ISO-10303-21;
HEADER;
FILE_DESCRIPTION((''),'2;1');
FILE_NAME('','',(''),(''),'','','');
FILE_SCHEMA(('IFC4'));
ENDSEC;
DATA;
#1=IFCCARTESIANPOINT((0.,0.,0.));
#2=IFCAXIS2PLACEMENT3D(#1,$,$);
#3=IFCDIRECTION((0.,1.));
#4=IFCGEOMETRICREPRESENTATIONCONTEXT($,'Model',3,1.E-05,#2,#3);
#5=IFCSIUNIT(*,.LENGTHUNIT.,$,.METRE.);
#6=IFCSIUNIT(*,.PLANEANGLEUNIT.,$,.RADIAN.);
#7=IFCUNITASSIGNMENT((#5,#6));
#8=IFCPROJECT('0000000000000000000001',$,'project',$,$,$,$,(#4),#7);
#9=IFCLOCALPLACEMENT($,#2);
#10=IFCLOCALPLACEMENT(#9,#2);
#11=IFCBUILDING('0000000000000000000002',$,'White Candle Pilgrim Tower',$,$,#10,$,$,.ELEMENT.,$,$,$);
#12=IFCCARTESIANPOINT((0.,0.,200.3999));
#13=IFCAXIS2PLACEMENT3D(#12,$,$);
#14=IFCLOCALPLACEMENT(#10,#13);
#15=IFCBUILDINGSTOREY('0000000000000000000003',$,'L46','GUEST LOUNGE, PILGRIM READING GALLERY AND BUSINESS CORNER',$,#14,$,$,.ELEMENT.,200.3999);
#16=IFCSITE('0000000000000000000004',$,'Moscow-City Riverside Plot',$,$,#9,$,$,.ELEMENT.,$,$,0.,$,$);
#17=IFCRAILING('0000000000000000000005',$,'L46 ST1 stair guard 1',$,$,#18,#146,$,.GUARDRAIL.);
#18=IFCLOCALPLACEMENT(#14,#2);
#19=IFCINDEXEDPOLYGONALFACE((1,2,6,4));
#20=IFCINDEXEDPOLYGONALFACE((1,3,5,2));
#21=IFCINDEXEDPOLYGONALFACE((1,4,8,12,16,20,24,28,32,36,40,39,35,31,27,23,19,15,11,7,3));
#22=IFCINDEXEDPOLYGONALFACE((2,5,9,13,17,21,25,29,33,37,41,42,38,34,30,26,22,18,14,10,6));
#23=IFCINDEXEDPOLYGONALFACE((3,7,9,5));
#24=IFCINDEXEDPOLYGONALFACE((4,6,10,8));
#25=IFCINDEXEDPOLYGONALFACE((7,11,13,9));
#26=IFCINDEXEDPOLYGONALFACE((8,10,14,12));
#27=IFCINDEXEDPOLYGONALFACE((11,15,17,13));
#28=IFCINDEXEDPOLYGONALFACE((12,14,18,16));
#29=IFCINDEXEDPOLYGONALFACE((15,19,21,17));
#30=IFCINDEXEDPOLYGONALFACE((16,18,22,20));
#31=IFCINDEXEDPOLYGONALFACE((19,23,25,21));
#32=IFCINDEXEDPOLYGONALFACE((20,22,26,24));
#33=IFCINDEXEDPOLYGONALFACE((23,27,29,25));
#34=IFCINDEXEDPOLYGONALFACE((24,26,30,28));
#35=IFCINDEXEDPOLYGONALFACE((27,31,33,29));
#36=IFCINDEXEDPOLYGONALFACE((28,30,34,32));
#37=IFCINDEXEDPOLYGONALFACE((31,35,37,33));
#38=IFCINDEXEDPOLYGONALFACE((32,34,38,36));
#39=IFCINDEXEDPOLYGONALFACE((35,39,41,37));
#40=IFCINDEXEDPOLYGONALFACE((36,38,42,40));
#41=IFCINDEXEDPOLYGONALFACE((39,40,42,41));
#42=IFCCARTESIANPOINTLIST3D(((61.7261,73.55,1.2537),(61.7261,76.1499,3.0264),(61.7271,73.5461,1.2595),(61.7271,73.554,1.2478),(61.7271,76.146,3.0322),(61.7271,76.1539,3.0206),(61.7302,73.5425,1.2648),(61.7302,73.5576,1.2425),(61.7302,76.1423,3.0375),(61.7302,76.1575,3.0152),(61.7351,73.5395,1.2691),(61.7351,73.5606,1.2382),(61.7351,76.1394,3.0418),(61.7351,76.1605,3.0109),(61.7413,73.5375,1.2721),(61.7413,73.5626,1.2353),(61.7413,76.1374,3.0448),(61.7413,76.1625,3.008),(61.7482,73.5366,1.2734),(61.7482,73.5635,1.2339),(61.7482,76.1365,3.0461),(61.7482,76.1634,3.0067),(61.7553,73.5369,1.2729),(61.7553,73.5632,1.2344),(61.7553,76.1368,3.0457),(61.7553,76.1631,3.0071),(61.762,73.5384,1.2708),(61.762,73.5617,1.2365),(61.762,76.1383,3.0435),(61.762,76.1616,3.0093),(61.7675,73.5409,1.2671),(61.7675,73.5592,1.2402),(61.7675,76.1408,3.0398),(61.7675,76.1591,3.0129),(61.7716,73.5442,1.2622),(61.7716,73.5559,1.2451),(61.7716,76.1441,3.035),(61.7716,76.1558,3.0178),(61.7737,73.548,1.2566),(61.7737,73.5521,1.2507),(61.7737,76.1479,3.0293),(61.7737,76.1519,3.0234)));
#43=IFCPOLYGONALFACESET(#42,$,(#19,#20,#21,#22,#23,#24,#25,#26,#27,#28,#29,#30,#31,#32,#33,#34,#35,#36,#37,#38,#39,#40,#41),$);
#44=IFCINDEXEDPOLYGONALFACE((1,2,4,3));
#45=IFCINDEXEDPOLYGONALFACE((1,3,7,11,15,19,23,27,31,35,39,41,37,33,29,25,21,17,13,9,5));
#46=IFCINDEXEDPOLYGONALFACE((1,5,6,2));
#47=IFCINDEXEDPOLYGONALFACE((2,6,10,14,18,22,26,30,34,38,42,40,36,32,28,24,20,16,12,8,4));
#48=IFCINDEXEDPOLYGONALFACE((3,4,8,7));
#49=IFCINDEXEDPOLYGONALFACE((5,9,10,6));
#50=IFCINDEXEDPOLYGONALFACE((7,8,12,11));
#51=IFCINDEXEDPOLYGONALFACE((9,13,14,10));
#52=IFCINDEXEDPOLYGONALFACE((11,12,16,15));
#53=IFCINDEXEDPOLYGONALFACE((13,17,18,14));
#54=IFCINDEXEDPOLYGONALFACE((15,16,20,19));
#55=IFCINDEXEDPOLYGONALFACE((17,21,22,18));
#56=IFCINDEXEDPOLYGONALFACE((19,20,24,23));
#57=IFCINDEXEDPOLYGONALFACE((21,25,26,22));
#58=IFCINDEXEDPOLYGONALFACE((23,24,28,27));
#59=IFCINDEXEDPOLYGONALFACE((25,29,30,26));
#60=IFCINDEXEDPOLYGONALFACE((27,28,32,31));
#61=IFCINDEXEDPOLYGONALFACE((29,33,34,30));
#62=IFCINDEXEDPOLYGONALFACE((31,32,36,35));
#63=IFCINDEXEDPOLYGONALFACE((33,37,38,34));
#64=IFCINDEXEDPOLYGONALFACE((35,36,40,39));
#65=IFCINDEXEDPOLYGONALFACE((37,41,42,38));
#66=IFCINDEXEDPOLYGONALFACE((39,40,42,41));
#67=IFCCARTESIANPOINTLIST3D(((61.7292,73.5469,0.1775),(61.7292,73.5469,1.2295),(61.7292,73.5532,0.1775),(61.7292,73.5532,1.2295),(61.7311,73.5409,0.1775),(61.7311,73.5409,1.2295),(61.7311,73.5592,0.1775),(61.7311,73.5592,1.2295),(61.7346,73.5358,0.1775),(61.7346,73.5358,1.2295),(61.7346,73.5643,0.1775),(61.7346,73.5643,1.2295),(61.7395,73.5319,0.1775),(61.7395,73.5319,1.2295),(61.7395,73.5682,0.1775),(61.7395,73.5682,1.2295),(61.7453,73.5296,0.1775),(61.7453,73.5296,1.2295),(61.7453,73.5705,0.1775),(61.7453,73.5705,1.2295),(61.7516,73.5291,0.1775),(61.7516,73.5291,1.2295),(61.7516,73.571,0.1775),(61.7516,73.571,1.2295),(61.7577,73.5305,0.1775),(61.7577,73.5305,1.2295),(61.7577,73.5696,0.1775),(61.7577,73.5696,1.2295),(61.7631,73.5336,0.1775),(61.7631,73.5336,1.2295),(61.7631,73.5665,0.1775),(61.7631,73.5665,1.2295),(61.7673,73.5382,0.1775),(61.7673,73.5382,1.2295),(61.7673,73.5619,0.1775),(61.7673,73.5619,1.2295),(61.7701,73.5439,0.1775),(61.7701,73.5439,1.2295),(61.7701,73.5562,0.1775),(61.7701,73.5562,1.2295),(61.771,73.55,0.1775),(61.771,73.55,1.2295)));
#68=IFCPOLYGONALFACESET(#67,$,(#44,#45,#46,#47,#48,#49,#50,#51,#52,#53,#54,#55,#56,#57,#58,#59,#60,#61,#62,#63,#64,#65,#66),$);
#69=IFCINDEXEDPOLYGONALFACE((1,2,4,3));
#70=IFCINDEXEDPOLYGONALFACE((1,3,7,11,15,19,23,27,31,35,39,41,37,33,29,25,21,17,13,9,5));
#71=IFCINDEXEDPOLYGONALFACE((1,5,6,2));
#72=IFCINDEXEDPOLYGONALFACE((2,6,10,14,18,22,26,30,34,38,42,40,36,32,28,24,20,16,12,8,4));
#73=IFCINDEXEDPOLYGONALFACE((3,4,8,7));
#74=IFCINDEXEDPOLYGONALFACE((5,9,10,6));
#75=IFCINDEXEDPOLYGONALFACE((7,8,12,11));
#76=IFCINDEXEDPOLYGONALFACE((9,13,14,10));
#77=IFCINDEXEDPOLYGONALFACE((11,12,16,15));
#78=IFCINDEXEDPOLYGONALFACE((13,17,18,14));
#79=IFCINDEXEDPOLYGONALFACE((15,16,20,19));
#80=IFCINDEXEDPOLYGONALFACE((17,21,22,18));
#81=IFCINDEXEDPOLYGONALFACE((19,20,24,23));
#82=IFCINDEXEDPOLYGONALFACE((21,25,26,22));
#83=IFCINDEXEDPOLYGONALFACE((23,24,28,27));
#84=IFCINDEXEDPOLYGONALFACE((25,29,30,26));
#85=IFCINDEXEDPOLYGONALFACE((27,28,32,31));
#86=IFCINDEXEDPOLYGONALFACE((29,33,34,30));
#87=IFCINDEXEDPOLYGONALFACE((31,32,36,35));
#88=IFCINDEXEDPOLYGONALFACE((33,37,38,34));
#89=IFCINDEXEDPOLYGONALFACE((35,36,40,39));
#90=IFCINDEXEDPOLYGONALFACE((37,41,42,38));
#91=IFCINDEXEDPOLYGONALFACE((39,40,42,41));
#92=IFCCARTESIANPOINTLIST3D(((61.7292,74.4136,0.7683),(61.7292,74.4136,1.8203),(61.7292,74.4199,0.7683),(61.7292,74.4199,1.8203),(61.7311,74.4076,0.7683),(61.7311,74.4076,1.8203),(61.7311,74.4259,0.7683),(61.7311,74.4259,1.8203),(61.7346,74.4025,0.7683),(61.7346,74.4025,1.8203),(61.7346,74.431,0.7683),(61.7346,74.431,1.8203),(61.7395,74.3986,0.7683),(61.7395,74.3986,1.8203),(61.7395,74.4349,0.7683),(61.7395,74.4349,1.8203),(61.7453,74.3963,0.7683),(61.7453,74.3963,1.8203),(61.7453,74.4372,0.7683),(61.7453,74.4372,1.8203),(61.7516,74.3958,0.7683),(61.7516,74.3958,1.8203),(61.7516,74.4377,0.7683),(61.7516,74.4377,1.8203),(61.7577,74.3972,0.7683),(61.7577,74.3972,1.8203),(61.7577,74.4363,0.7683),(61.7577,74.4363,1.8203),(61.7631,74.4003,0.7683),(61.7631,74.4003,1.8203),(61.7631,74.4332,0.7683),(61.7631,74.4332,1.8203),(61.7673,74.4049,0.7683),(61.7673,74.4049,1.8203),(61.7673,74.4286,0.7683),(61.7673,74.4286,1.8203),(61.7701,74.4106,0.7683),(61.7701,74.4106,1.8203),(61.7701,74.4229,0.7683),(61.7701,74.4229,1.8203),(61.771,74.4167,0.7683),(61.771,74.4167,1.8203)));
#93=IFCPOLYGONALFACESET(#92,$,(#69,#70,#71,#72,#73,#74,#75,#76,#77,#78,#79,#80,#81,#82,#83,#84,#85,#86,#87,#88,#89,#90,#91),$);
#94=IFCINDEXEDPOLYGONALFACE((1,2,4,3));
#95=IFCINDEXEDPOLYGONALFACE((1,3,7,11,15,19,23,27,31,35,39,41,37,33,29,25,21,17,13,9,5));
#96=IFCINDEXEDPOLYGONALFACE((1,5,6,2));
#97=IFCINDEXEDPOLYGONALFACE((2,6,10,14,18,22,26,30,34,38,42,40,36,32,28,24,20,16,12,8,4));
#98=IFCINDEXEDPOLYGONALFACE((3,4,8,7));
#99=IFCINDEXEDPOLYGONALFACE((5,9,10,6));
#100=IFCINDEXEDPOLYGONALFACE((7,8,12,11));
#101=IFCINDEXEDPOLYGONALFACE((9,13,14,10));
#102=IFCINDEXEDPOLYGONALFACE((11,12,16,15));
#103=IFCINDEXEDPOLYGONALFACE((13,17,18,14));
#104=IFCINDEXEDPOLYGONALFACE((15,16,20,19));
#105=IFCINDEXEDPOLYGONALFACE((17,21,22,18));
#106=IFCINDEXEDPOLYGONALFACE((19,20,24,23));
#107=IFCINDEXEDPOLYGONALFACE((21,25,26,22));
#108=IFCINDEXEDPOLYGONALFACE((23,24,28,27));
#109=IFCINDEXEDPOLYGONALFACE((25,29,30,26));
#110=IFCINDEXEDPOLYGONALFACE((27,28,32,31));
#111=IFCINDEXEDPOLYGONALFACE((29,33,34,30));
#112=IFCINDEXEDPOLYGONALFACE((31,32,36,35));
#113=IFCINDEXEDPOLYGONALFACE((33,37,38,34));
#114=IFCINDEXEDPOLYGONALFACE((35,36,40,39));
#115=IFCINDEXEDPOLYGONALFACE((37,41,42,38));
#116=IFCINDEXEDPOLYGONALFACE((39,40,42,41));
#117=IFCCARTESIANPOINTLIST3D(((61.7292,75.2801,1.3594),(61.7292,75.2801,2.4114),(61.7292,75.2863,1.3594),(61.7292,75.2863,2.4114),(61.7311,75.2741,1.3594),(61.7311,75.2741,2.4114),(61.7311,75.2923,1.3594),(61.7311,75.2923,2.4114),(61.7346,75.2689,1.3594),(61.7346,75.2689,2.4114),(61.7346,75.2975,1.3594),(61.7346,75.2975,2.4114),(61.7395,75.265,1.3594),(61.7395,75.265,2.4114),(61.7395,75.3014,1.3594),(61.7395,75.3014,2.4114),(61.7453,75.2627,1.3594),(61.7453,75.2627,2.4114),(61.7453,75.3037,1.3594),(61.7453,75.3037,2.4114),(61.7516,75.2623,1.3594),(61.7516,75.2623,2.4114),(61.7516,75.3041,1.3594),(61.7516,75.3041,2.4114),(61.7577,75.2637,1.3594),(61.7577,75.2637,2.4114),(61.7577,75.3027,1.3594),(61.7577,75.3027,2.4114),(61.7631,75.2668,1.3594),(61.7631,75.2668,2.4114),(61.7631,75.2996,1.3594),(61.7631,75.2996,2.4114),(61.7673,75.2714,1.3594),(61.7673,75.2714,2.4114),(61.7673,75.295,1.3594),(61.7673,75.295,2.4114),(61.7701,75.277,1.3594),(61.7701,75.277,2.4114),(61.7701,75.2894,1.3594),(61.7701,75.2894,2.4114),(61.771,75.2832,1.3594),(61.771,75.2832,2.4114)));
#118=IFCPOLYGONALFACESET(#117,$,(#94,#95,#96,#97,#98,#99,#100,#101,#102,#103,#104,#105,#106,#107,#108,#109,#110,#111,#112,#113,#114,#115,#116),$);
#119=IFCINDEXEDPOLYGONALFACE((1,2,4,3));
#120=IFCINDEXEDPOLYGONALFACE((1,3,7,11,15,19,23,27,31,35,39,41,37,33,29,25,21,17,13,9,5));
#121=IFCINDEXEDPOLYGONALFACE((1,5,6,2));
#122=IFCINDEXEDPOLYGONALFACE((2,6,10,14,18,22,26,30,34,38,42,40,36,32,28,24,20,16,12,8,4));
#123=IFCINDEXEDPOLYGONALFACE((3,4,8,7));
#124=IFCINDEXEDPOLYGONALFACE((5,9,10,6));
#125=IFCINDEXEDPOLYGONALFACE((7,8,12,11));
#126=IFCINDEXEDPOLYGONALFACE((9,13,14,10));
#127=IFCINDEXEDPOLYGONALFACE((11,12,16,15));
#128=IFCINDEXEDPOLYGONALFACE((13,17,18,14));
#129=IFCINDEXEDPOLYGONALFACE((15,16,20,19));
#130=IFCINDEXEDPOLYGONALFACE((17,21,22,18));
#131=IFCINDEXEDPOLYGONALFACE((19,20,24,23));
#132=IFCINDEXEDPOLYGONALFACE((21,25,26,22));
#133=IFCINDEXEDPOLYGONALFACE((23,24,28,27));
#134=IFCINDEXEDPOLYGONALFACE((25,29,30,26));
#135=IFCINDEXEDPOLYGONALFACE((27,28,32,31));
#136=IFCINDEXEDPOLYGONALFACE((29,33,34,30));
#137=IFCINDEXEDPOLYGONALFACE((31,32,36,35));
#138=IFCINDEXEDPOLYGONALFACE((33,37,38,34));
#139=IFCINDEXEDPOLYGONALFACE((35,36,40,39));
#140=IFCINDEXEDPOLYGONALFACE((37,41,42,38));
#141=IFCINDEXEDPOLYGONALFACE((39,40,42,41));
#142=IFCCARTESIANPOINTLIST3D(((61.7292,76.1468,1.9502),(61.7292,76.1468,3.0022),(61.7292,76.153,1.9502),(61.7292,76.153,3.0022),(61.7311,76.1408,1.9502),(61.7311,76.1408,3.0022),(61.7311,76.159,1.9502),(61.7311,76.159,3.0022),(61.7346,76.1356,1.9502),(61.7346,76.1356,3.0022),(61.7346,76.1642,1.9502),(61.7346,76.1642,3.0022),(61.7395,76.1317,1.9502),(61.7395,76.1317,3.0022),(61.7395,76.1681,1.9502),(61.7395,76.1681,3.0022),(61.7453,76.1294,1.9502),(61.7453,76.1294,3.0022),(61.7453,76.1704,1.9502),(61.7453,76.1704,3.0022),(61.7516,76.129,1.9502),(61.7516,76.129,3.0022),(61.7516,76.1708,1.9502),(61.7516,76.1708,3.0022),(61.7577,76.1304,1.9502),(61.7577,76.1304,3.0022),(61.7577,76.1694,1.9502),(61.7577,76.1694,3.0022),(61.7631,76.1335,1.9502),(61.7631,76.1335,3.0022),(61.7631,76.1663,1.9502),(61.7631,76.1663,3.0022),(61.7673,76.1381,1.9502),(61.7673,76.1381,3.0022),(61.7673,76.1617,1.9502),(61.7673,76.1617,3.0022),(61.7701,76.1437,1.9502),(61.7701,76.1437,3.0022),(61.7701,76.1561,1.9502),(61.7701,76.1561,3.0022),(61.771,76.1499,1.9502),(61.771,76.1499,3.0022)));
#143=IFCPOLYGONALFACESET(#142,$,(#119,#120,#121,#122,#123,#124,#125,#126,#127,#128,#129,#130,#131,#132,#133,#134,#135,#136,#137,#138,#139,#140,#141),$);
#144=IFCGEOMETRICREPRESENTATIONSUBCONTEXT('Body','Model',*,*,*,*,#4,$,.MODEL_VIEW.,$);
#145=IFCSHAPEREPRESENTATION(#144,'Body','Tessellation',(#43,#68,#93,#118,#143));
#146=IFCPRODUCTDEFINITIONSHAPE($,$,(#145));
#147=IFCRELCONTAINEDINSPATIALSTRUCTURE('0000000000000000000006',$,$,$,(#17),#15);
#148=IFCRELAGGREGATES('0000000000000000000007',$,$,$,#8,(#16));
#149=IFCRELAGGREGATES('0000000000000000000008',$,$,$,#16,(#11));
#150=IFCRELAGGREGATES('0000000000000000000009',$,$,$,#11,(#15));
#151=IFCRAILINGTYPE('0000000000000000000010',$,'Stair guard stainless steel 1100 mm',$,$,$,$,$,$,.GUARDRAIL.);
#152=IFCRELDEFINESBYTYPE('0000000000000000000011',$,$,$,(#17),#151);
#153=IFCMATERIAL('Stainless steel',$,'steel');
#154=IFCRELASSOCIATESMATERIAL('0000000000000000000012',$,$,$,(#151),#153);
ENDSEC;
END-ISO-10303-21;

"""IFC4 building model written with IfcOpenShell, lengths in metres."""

from ifc_helpers import new_model, si_unit, direction, frame, origin, origin_2d, place, context, subcontext, project, spatial, circle, extrude, material, type_object, element, save


model = new_model("IFC4")

# Units and contexts
model_context = context("Model", 3, precision=1e-05, world=origin(), true_north=direction((0.0, 1.0)))
body_context = subcontext(model_context, "Body", "Model", "MODEL_VIEW")
ifc_project = project(units=[si_unit("LENGTHUNIT", "METRE"), si_unit("PLANEANGLEUNIT", "RADIAN")], contexts=[model_context])

# Site, building, storey
site_placement = place(None, origin())
site = spatial("IfcSite", under=ifc_project, at=site_placement, Name="Moscow-City Riverside Plot", CompositionType="ELEMENT", RefElevation=0.0)
building_placement = place(site_placement, origin())
building = spatial("IfcBuilding", under=site, at=building_placement, Name="White Candle Pilgrim Tower", CompositionType="ELEMENT")
storey_placement = place(building_placement, frame((0.0, 0.0, 200.3999)))
storey = spatial("IfcBuildingStorey", under=building, at=storey_placement, Name="L46", Description="GUEST LOUNGE, PILGRIM READING GALLERY AND BUSINESS CORNER", CompositionType="ELEMENT", Elevation=200.3999)

# Railing
ifc_material_1 = material(Name="Stainless steel", Category="steel")
railing_type_1 = type_object("IfcRailingType", Name="Stair guard stainless steel 1100 mm", PredefinedType="GUARDRAIL", material=ifc_material_1)
railing_1_placement = place(storey_placement, frame((61.75, 73.55, 0.1775)))
element("IfcRailing", 1, at=railing_1_placement, inside=storey, type_object=railing_type_1, Name="L46 ST1 stair guard 1", PredefinedType="GUARDRAIL", context=body_context, shape_type="SweptSolid", body=[
    extrude(circle(Radius=0.0239, at=origin_2d()), frame((0.0, 0.0, 1.0762), z_axis=(0.0, 0.826216, 0.563354), x_axis=(-1.0, 0.0, 0.0)), (0.0, 0.0, 1.0), 3.1467),
    extrude(circle(Radius=0.021, at=origin_2d()), origin(), (0.0, 0.0, 1.0), 1.052),
    extrude(circle(Radius=0.021, at=origin_2d()), frame((0.0, 0.8667, 0.5908)), (0.0, 0.0, 1.0), 1.052),
    extrude(circle(Radius=0.021, at=origin_2d()), frame((0.0, 1.7332, 1.1819)), (0.0, 0.0, 1.0), 1.052),
    extrude(circle(Radius=0.021, at=origin_2d()), frame((0.0, 2.5999, 1.7727)), (0.0, 0.0, 1.0), 1.052),
])

save(model, "model.ifc")
